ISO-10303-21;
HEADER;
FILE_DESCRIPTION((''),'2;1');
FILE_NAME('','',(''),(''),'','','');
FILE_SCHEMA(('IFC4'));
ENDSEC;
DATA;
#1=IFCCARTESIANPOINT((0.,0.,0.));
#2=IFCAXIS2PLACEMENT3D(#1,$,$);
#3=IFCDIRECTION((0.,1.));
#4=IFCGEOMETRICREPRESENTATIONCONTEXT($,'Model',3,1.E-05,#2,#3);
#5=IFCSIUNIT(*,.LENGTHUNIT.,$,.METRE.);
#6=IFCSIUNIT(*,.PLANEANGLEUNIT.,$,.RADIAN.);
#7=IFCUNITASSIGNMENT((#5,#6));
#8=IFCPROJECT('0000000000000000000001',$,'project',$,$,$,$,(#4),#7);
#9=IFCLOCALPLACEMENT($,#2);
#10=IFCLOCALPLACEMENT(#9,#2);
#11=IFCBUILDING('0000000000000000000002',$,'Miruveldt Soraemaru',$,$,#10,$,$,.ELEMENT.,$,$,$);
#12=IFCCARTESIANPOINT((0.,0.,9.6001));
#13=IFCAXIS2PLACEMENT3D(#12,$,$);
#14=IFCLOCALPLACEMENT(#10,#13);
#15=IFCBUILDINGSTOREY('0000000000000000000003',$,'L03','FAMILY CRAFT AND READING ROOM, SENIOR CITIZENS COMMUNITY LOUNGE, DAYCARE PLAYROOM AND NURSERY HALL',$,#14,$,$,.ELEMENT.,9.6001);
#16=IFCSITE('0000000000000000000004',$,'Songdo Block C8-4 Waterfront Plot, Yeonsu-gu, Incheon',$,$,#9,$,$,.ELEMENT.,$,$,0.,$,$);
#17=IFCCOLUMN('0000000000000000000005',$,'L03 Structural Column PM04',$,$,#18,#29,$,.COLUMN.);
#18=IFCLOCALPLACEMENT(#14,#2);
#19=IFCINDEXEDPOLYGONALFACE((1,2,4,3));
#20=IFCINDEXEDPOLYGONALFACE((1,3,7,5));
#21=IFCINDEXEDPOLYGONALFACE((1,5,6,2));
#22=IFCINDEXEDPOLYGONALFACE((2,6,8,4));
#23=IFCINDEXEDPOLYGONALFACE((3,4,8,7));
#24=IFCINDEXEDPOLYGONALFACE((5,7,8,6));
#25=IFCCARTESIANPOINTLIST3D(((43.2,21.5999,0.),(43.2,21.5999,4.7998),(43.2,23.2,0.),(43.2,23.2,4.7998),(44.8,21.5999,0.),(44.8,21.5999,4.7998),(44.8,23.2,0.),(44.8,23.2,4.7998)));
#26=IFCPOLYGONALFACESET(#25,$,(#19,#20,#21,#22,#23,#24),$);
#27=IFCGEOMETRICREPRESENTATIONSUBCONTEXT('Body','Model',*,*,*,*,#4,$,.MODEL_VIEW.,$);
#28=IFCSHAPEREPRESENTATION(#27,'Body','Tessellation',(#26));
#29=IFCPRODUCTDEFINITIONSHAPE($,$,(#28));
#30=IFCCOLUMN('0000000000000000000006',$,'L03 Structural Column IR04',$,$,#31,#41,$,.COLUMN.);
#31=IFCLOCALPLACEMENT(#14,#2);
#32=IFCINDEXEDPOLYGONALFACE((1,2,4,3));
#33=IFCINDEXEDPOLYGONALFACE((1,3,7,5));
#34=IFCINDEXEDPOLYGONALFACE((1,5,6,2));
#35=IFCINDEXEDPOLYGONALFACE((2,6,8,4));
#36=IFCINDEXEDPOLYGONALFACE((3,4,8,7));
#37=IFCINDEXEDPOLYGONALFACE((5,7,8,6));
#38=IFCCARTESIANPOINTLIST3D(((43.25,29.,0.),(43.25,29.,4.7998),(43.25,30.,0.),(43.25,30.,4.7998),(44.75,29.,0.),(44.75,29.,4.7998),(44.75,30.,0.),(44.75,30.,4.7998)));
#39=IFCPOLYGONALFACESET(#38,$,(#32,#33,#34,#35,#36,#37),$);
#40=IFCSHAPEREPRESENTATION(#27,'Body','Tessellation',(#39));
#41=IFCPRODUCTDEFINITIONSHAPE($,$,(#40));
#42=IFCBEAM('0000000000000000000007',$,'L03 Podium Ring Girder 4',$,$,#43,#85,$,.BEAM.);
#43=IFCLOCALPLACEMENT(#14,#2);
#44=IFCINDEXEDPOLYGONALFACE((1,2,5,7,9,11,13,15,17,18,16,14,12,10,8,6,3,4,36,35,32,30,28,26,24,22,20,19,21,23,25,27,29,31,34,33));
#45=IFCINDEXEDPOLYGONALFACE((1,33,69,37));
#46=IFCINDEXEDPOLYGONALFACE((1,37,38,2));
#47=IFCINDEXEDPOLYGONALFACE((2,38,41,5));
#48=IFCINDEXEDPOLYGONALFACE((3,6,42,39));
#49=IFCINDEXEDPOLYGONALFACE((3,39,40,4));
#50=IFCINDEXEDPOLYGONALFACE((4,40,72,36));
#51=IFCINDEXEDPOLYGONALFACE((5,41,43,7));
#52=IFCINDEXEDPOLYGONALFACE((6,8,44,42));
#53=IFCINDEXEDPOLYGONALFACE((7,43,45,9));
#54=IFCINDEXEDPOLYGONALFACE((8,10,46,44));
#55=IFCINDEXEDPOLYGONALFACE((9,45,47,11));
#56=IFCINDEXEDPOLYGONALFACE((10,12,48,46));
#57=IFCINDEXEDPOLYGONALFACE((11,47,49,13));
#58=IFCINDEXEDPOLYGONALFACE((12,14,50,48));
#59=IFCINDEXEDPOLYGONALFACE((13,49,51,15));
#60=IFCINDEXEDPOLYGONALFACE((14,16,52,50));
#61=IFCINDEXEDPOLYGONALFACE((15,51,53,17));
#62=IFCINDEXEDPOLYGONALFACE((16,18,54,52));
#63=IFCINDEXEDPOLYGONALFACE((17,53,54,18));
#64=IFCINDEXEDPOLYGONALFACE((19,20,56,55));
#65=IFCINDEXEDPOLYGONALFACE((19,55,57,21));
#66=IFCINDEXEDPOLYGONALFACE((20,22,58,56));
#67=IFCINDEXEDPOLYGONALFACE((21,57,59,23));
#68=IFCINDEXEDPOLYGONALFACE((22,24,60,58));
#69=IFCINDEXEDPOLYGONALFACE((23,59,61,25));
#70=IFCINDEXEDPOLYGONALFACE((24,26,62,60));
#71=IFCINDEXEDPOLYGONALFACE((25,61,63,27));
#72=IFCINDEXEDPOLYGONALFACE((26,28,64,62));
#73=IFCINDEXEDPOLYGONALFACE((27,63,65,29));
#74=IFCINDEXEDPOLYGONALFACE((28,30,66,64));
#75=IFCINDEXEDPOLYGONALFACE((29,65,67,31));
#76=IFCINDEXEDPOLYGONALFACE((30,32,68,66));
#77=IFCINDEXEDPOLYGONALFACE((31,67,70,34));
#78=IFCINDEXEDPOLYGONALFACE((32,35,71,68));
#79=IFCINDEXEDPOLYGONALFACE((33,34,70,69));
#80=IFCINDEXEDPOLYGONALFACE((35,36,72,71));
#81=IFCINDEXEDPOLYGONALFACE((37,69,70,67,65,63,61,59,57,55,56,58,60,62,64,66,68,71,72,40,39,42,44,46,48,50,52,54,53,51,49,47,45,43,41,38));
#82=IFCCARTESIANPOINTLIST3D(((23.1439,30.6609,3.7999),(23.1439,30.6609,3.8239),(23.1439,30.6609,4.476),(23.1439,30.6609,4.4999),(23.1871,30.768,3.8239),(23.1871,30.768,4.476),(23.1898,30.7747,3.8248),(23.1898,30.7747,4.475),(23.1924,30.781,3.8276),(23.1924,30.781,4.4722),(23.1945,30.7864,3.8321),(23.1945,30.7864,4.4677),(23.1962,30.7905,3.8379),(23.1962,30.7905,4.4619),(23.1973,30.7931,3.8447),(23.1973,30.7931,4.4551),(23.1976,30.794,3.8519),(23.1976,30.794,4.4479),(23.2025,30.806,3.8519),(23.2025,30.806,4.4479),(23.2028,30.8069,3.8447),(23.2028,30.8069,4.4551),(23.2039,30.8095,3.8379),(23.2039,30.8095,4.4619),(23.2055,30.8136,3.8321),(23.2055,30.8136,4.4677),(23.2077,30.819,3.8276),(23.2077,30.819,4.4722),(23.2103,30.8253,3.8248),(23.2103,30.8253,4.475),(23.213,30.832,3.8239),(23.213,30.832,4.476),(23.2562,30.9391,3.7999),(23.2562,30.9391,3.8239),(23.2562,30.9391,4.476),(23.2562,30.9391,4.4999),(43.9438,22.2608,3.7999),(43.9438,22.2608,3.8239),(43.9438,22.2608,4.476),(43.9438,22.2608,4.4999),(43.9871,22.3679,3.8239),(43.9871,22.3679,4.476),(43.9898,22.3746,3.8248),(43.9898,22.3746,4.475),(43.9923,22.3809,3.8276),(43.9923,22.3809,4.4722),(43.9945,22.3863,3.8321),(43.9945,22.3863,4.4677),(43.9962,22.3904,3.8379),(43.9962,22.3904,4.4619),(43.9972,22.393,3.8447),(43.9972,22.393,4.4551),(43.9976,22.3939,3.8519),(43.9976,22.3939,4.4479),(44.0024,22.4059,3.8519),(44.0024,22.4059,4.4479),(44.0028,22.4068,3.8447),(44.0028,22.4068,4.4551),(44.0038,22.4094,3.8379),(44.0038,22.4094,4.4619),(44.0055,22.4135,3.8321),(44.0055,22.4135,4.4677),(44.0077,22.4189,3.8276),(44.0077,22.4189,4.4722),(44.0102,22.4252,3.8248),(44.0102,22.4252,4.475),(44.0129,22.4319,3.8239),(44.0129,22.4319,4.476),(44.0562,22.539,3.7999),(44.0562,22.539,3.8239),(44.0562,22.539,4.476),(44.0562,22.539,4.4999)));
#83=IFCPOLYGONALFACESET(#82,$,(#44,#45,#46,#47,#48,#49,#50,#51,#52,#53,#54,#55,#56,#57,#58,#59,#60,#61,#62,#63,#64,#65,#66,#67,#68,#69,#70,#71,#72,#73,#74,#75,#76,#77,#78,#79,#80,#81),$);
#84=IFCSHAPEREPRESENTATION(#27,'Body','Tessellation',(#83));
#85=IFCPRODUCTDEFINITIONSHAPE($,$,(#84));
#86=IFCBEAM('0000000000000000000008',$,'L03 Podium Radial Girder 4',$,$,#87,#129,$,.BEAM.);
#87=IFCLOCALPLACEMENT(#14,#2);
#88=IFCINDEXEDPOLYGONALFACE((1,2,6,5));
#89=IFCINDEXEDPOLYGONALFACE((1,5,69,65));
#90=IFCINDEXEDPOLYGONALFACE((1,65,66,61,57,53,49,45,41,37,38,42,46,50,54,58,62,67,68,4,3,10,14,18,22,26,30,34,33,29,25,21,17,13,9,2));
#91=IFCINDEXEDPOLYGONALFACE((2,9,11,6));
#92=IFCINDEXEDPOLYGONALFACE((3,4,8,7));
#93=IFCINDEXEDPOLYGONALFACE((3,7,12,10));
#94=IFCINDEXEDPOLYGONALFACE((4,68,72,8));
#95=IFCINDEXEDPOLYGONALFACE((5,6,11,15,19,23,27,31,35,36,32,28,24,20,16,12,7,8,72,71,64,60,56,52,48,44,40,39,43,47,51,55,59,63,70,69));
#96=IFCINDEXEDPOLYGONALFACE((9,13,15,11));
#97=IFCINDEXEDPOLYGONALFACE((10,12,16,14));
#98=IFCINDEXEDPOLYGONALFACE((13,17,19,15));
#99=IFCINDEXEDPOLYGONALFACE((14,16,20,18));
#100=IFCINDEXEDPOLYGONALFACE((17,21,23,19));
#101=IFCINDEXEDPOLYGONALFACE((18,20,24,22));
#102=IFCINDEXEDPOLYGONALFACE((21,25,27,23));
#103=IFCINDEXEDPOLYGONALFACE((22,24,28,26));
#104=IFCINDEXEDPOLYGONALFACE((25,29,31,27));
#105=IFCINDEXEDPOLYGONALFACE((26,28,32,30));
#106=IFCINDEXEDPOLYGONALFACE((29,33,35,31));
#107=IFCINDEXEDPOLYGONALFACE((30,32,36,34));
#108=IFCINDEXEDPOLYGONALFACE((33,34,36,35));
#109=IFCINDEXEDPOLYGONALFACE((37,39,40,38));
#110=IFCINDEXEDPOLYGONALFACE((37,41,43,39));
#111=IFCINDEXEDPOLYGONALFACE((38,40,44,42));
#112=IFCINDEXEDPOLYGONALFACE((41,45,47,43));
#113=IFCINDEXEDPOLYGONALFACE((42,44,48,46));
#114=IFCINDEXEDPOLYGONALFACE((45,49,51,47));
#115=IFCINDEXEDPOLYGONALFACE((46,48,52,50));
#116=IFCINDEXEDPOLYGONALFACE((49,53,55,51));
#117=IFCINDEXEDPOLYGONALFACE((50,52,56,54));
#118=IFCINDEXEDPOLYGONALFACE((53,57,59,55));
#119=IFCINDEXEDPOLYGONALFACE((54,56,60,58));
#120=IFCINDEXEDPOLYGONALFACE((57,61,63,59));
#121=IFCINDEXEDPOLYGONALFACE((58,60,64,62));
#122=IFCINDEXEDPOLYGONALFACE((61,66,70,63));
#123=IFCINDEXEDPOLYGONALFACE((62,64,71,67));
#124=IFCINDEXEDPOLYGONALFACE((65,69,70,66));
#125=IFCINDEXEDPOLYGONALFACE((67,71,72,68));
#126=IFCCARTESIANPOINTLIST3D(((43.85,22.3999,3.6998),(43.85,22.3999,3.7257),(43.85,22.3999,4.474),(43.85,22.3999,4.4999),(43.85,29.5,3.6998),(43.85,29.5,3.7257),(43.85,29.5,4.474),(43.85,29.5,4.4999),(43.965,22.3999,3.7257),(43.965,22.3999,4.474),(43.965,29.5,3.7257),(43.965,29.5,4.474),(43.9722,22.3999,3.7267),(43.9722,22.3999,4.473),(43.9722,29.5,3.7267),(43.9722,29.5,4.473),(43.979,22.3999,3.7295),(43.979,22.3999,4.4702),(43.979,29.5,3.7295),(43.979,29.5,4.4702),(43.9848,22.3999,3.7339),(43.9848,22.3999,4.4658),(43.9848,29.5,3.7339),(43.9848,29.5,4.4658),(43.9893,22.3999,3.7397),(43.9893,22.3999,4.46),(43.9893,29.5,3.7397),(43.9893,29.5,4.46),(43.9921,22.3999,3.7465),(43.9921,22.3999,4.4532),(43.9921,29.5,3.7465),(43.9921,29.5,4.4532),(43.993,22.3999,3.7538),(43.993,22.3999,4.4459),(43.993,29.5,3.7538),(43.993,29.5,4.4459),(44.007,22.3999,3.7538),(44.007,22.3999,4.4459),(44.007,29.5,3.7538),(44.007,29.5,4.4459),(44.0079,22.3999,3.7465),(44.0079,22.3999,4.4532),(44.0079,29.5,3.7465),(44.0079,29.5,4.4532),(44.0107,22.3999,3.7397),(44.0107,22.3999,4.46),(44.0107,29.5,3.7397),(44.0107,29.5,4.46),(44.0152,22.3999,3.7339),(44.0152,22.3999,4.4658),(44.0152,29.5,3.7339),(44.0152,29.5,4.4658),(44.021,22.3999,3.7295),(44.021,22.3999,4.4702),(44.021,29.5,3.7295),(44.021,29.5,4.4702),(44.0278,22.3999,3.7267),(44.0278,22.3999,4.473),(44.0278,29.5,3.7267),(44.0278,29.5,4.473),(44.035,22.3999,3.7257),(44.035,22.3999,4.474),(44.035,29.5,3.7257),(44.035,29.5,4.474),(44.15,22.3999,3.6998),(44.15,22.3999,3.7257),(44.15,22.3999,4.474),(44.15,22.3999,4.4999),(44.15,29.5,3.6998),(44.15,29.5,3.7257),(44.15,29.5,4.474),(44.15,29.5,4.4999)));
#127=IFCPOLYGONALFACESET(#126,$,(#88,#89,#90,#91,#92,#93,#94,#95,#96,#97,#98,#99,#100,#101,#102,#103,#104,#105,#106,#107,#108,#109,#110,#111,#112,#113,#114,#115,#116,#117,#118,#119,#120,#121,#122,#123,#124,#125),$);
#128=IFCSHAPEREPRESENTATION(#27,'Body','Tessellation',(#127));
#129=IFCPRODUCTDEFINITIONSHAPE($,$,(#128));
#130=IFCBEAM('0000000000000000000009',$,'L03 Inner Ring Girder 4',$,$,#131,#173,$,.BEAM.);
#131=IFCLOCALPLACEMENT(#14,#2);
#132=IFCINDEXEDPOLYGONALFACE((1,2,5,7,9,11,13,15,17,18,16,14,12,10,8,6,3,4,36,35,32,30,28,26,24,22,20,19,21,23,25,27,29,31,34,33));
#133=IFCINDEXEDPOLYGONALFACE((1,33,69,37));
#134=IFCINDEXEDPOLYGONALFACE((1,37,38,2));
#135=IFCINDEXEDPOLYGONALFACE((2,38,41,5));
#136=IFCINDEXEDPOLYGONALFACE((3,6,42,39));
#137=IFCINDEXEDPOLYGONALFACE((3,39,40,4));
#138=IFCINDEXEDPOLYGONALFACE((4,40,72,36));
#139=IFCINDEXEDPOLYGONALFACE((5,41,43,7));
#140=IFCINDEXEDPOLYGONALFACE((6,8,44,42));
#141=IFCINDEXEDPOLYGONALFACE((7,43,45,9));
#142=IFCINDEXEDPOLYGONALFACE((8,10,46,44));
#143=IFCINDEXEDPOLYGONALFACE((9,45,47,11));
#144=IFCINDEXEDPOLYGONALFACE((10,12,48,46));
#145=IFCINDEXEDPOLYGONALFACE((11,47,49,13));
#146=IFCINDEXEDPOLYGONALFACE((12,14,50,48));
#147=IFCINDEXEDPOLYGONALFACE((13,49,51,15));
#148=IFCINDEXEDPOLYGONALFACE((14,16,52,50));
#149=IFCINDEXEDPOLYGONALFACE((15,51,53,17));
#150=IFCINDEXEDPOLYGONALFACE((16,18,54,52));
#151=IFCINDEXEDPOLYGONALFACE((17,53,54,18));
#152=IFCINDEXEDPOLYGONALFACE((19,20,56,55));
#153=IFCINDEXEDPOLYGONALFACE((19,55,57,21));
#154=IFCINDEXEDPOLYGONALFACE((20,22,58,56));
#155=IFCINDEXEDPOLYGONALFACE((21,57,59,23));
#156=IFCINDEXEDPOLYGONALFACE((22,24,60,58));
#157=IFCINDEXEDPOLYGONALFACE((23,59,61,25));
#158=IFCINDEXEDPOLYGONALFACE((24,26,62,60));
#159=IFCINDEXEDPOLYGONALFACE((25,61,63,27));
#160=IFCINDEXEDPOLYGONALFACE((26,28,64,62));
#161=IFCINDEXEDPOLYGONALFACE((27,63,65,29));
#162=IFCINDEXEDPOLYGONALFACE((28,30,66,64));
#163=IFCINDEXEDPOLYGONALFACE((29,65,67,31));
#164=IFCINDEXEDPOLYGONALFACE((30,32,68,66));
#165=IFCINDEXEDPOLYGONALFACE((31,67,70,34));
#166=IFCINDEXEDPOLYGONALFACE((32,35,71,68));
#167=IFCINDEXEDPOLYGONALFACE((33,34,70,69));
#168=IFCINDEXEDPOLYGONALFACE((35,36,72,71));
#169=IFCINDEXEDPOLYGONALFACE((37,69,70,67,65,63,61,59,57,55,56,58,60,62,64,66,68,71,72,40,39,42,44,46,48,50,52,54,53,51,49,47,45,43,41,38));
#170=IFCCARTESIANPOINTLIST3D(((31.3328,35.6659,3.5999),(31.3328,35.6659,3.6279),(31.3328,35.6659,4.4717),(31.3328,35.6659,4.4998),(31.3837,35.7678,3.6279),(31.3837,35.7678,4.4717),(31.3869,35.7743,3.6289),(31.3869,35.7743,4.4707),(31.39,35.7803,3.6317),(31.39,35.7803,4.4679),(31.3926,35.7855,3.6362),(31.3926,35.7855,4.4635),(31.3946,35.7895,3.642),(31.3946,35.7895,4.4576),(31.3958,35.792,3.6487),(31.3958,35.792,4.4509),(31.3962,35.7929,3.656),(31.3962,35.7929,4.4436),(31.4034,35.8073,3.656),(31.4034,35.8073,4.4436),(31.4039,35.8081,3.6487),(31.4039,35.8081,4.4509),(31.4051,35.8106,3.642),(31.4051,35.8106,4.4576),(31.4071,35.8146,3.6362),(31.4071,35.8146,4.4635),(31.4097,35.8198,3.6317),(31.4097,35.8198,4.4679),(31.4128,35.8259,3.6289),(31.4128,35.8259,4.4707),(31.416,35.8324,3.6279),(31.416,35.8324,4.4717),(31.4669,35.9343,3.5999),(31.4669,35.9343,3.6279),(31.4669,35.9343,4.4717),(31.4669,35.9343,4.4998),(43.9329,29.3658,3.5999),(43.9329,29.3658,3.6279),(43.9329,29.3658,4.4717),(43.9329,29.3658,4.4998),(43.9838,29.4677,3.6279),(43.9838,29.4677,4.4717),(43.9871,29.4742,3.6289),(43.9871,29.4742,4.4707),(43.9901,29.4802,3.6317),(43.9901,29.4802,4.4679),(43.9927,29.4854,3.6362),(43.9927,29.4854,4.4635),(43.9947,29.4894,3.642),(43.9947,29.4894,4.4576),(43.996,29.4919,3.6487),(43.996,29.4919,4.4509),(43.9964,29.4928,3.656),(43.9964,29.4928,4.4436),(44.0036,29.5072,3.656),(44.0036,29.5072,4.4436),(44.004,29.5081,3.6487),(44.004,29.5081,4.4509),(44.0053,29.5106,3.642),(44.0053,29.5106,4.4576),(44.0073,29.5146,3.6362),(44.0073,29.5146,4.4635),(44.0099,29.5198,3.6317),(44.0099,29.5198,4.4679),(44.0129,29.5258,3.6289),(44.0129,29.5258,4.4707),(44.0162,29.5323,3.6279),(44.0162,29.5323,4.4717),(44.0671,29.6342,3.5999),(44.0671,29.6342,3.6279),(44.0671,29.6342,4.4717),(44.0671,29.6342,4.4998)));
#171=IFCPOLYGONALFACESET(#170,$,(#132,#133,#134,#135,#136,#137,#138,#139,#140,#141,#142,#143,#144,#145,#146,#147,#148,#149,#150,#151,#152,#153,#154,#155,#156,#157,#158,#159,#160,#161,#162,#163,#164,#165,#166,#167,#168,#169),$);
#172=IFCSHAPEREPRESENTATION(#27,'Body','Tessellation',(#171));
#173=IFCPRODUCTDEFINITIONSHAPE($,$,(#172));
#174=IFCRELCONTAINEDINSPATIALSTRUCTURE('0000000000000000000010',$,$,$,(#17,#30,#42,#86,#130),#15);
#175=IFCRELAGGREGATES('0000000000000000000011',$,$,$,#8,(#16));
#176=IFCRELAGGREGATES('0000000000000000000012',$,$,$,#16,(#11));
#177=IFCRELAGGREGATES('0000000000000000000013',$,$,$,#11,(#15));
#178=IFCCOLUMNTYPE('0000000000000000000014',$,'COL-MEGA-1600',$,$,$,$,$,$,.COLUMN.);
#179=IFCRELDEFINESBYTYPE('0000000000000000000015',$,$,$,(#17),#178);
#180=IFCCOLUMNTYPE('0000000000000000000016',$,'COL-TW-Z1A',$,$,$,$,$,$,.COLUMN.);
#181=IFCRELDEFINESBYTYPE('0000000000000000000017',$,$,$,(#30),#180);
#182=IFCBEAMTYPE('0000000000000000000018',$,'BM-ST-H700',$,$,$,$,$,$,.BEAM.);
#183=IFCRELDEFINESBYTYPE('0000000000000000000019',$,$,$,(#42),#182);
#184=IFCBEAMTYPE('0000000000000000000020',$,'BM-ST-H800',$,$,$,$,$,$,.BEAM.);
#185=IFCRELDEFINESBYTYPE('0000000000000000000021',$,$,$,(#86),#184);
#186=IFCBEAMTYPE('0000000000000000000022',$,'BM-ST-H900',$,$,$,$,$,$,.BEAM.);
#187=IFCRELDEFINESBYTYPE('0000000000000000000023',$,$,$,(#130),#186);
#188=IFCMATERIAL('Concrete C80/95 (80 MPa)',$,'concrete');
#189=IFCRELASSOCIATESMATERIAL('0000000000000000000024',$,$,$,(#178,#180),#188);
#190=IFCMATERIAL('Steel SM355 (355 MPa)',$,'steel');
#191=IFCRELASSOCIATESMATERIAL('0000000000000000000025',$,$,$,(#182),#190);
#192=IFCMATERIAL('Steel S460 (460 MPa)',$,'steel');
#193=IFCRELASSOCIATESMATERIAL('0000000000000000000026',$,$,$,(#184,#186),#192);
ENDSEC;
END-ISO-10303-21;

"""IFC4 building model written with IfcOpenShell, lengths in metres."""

from ifc_helpers import new_model, si_unit, direction, frame, origin, origin_2d, place, context, subcontext, project, spatial, rectangle, i_section, extrude, material, material_profile, profile_set, type_object, element, save


model = new_model("IFC4")

# Units and contexts
model_context = context("Model", 3, precision=1e-05, world=origin(), true_north=direction((0.0, 1.0)))
body_context = subcontext(model_context, "Body", "Model", "MODEL_VIEW")
ifc_project = project(units=[si_unit("LENGTHUNIT", "METRE"), si_unit("PLANEANGLEUNIT", "RADIAN")], contexts=[model_context])

# Site, building, storey
site_placement = place(None, origin())
site = spatial("IfcSite", under=ifc_project, at=site_placement, Name="Songdo Block C8-4 Waterfront Plot, Yeonsu-gu, Incheon", CompositionType="ELEMENT", RefElevation=0.0)
building_placement = place(site_placement, origin())
building = spatial("IfcBuilding", under=site, at=building_placement, Name="Miruveldt Soraemaru", CompositionType="ELEMENT")
storey_placement = place(building_placement, frame((0.0, 0.0, 9.6001)))
storey = spatial("IfcBuildingStorey", under=building, at=storey_placement, Name="L03", Description="FAMILY CRAFT AND READING ROOM, SENIOR CITIZENS COMMUNITY LOUNGE, DAYCARE PLAYROOM AND NURSERY HALL", CompositionType="ELEMENT", Elevation=9.6001)

# Columns
ifc_material_1 = material(Name="Concrete C80/95 (80 MPa)", Category="concrete")
ifc_material_profile_1 = material_profile(ifc_material_1, rectangle(XDim=1.6001, YDim=1.6001, at=origin_2d()), Name="Concrete C80/95 (80 MPa)", Category="concrete")
ifc_profile_set_1 = profile_set([ifc_material_profile_1], Name="Concrete C80/95 (80 MPa)")
column_type_1 = type_object("IfcColumnType", Name="COL-MEGA-1600", PredefinedType="COLUMN", material=ifc_profile_set_1)
column_1_placement = place(storey_placement, frame((44.0, 22.3999, 0.0), z_axis=(0.0, 0.0, 1.0), x_axis=(1.0, 0.0, 0.0)))
element("IfcColumn", 1, at=column_1_placement, inside=storey, type_object=column_type_1, Name="L03 Structural Column PM04", PredefinedType="COLUMN", context=body_context, shape_type="SweptSolid", body=[
    extrude(rectangle(XDim=1.6001, YDim=1.6001, at=origin_2d()), origin(), (0.0, 0.0, 1.0), 4.7998),
])
ifc_material_profile_2 = material_profile(ifc_material_1, rectangle(XDim=1.5, YDim=1.0, at=origin_2d()), Name="Concrete C80/95 (80 MPa)", Category="concrete")
ifc_profile_set_2 = profile_set([ifc_material_profile_2], Name="Concrete C80/95 (80 MPa)")
column_type_2 = type_object("IfcColumnType", Name="COL-TW-Z1A", PredefinedType="COLUMN", material=ifc_profile_set_2)
column_2_placement = place(storey_placement, frame((44.0, 29.5, 0.0), z_axis=(0.0, 0.0, 1.0), x_axis=(1.0, 0.0, 0.0)))
element("IfcColumn", 2, at=column_2_placement, inside=storey, type_object=column_type_2, Name="L03 Structural Column IR04", PredefinedType="COLUMN", context=body_context, shape_type="SweptSolid", body=[
    extrude(rectangle(XDim=1.5, YDim=1.0, at=origin_2d()), origin(), (0.0, 0.0, 1.0), 4.7998),
])

# Beams
ifc_material_2 = material(Name="Steel SM355 (355 MPa)", Category="steel")
ifc_material_profile_3 = material_profile(ifc_material_2, i_section(OverallWidth=0.3, OverallDepth=0.7, WebThickness=0.0129, FlangeThickness=0.0239, FilletRadius=0.0281, at=origin_2d()), Name="Steel SM355 (355 MPa)", Category="steel")
ifc_profile_set_3 = profile_set([ifc_material_profile_3], Name="Steel SM355 (355 MPa)")
beam_type_1 = type_object("IfcBeamType", Name="BM-ST-H700", PredefinedType="BEAM", material=ifc_profile_set_3)
beam_1_placement = place(storey_placement, frame((44.0, 22.3999, 4.1499), z_axis=(-0.92724, 0.374468, 0.0), x_axis=(-0.374468, -0.92724, 0.0)))
element("IfcBeam", 3, at=beam_1_placement, inside=storey, type_object=beam_type_1, Name="L03 Podium Ring Girder 4", PredefinedType="BEAM", context=body_context, shape_type="SweptSolid", body=[
    extrude(i_section(OverallWidth=0.3, OverallDepth=0.7, WebThickness=0.0129, FlangeThickness=0.0239, FilletRadius=0.0281, at=origin_2d()), origin(), (0.0, 0.0, 1.0), 22.4321),
])
ifc_material_3 = material(Name="Steel S460 (460 MPa)", Category="steel")
ifc_material_profile_4 = material_profile(ifc_material_3, i_section(OverallWidth=0.3, OverallDepth=0.8, WebThickness=0.0139, FlangeThickness=0.0259, FilletRadius=0.0281, at=origin_2d()), Name="Steel S460 (460 MPa)", Category="steel")
ifc_profile_set_4 = profile_set([ifc_material_profile_4], Name="Steel S460 (460 MPa)")
beam_type_2 = type_object("IfcBeamType", Name="BM-ST-H800", PredefinedType="BEAM", material=ifc_profile_set_4)
beam_2_placement = place(storey_placement, frame((44.0, 29.5, 4.0999), z_axis=(0.0, -1.0, 0.0), x_axis=(1.0, 0.0, 0.0)))
element("IfcBeam", 4, at=beam_2_placement, inside=storey, type_object=beam_type_2, Name="L03 Podium Radial Girder 4", PredefinedType="BEAM", context=body_context, shape_type="SweptSolid", body=[
    extrude(i_section(OverallWidth=0.3, OverallDepth=0.8, WebThickness=0.0139, FlangeThickness=0.0259, FilletRadius=0.0281, at=origin_2d()), origin(), (0.0, 0.0, 1.0), 7.1001),
])
ifc_material_profile_5 = material_profile(ifc_material_3, i_section(OverallWidth=0.3, OverallDepth=0.8999, WebThickness=0.0161, FlangeThickness=0.0281, FilletRadius=0.0281, at=origin_2d()), Name="Steel S460 (460 MPa)", Category="steel")
ifc_profile_set_5 = profile_set([ifc_material_profile_5], Name="Steel S460 (460 MPa)")
beam_type_3 = type_object("IfcBeamType", Name="BM-ST-H900", PredefinedType="BEAM", material=ifc_profile_set_5)
beam_3_placement = place(storey_placement, frame((44.0, 29.5, 4.0498), z_axis=(-0.894427, 0.447214, 0.0), x_axis=(-0.447214, -0.894427, 0.0)))
element("IfcBeam", 5, at=beam_3_placement, inside=storey, type_object=beam_type_3, Name="L03 Inner Ring Girder 4", PredefinedType="BEAM", context=body_context, shape_type="SweptSolid", body=[
    extrude(i_section(OverallWidth=0.3, OverallDepth=0.8999, WebThickness=0.0161, FlangeThickness=0.0281, FilletRadius=0.0281, at=origin_2d()), origin(), (0.0, 0.0, 1.0), 14.0874),
])

save(model, "model.ifc")
